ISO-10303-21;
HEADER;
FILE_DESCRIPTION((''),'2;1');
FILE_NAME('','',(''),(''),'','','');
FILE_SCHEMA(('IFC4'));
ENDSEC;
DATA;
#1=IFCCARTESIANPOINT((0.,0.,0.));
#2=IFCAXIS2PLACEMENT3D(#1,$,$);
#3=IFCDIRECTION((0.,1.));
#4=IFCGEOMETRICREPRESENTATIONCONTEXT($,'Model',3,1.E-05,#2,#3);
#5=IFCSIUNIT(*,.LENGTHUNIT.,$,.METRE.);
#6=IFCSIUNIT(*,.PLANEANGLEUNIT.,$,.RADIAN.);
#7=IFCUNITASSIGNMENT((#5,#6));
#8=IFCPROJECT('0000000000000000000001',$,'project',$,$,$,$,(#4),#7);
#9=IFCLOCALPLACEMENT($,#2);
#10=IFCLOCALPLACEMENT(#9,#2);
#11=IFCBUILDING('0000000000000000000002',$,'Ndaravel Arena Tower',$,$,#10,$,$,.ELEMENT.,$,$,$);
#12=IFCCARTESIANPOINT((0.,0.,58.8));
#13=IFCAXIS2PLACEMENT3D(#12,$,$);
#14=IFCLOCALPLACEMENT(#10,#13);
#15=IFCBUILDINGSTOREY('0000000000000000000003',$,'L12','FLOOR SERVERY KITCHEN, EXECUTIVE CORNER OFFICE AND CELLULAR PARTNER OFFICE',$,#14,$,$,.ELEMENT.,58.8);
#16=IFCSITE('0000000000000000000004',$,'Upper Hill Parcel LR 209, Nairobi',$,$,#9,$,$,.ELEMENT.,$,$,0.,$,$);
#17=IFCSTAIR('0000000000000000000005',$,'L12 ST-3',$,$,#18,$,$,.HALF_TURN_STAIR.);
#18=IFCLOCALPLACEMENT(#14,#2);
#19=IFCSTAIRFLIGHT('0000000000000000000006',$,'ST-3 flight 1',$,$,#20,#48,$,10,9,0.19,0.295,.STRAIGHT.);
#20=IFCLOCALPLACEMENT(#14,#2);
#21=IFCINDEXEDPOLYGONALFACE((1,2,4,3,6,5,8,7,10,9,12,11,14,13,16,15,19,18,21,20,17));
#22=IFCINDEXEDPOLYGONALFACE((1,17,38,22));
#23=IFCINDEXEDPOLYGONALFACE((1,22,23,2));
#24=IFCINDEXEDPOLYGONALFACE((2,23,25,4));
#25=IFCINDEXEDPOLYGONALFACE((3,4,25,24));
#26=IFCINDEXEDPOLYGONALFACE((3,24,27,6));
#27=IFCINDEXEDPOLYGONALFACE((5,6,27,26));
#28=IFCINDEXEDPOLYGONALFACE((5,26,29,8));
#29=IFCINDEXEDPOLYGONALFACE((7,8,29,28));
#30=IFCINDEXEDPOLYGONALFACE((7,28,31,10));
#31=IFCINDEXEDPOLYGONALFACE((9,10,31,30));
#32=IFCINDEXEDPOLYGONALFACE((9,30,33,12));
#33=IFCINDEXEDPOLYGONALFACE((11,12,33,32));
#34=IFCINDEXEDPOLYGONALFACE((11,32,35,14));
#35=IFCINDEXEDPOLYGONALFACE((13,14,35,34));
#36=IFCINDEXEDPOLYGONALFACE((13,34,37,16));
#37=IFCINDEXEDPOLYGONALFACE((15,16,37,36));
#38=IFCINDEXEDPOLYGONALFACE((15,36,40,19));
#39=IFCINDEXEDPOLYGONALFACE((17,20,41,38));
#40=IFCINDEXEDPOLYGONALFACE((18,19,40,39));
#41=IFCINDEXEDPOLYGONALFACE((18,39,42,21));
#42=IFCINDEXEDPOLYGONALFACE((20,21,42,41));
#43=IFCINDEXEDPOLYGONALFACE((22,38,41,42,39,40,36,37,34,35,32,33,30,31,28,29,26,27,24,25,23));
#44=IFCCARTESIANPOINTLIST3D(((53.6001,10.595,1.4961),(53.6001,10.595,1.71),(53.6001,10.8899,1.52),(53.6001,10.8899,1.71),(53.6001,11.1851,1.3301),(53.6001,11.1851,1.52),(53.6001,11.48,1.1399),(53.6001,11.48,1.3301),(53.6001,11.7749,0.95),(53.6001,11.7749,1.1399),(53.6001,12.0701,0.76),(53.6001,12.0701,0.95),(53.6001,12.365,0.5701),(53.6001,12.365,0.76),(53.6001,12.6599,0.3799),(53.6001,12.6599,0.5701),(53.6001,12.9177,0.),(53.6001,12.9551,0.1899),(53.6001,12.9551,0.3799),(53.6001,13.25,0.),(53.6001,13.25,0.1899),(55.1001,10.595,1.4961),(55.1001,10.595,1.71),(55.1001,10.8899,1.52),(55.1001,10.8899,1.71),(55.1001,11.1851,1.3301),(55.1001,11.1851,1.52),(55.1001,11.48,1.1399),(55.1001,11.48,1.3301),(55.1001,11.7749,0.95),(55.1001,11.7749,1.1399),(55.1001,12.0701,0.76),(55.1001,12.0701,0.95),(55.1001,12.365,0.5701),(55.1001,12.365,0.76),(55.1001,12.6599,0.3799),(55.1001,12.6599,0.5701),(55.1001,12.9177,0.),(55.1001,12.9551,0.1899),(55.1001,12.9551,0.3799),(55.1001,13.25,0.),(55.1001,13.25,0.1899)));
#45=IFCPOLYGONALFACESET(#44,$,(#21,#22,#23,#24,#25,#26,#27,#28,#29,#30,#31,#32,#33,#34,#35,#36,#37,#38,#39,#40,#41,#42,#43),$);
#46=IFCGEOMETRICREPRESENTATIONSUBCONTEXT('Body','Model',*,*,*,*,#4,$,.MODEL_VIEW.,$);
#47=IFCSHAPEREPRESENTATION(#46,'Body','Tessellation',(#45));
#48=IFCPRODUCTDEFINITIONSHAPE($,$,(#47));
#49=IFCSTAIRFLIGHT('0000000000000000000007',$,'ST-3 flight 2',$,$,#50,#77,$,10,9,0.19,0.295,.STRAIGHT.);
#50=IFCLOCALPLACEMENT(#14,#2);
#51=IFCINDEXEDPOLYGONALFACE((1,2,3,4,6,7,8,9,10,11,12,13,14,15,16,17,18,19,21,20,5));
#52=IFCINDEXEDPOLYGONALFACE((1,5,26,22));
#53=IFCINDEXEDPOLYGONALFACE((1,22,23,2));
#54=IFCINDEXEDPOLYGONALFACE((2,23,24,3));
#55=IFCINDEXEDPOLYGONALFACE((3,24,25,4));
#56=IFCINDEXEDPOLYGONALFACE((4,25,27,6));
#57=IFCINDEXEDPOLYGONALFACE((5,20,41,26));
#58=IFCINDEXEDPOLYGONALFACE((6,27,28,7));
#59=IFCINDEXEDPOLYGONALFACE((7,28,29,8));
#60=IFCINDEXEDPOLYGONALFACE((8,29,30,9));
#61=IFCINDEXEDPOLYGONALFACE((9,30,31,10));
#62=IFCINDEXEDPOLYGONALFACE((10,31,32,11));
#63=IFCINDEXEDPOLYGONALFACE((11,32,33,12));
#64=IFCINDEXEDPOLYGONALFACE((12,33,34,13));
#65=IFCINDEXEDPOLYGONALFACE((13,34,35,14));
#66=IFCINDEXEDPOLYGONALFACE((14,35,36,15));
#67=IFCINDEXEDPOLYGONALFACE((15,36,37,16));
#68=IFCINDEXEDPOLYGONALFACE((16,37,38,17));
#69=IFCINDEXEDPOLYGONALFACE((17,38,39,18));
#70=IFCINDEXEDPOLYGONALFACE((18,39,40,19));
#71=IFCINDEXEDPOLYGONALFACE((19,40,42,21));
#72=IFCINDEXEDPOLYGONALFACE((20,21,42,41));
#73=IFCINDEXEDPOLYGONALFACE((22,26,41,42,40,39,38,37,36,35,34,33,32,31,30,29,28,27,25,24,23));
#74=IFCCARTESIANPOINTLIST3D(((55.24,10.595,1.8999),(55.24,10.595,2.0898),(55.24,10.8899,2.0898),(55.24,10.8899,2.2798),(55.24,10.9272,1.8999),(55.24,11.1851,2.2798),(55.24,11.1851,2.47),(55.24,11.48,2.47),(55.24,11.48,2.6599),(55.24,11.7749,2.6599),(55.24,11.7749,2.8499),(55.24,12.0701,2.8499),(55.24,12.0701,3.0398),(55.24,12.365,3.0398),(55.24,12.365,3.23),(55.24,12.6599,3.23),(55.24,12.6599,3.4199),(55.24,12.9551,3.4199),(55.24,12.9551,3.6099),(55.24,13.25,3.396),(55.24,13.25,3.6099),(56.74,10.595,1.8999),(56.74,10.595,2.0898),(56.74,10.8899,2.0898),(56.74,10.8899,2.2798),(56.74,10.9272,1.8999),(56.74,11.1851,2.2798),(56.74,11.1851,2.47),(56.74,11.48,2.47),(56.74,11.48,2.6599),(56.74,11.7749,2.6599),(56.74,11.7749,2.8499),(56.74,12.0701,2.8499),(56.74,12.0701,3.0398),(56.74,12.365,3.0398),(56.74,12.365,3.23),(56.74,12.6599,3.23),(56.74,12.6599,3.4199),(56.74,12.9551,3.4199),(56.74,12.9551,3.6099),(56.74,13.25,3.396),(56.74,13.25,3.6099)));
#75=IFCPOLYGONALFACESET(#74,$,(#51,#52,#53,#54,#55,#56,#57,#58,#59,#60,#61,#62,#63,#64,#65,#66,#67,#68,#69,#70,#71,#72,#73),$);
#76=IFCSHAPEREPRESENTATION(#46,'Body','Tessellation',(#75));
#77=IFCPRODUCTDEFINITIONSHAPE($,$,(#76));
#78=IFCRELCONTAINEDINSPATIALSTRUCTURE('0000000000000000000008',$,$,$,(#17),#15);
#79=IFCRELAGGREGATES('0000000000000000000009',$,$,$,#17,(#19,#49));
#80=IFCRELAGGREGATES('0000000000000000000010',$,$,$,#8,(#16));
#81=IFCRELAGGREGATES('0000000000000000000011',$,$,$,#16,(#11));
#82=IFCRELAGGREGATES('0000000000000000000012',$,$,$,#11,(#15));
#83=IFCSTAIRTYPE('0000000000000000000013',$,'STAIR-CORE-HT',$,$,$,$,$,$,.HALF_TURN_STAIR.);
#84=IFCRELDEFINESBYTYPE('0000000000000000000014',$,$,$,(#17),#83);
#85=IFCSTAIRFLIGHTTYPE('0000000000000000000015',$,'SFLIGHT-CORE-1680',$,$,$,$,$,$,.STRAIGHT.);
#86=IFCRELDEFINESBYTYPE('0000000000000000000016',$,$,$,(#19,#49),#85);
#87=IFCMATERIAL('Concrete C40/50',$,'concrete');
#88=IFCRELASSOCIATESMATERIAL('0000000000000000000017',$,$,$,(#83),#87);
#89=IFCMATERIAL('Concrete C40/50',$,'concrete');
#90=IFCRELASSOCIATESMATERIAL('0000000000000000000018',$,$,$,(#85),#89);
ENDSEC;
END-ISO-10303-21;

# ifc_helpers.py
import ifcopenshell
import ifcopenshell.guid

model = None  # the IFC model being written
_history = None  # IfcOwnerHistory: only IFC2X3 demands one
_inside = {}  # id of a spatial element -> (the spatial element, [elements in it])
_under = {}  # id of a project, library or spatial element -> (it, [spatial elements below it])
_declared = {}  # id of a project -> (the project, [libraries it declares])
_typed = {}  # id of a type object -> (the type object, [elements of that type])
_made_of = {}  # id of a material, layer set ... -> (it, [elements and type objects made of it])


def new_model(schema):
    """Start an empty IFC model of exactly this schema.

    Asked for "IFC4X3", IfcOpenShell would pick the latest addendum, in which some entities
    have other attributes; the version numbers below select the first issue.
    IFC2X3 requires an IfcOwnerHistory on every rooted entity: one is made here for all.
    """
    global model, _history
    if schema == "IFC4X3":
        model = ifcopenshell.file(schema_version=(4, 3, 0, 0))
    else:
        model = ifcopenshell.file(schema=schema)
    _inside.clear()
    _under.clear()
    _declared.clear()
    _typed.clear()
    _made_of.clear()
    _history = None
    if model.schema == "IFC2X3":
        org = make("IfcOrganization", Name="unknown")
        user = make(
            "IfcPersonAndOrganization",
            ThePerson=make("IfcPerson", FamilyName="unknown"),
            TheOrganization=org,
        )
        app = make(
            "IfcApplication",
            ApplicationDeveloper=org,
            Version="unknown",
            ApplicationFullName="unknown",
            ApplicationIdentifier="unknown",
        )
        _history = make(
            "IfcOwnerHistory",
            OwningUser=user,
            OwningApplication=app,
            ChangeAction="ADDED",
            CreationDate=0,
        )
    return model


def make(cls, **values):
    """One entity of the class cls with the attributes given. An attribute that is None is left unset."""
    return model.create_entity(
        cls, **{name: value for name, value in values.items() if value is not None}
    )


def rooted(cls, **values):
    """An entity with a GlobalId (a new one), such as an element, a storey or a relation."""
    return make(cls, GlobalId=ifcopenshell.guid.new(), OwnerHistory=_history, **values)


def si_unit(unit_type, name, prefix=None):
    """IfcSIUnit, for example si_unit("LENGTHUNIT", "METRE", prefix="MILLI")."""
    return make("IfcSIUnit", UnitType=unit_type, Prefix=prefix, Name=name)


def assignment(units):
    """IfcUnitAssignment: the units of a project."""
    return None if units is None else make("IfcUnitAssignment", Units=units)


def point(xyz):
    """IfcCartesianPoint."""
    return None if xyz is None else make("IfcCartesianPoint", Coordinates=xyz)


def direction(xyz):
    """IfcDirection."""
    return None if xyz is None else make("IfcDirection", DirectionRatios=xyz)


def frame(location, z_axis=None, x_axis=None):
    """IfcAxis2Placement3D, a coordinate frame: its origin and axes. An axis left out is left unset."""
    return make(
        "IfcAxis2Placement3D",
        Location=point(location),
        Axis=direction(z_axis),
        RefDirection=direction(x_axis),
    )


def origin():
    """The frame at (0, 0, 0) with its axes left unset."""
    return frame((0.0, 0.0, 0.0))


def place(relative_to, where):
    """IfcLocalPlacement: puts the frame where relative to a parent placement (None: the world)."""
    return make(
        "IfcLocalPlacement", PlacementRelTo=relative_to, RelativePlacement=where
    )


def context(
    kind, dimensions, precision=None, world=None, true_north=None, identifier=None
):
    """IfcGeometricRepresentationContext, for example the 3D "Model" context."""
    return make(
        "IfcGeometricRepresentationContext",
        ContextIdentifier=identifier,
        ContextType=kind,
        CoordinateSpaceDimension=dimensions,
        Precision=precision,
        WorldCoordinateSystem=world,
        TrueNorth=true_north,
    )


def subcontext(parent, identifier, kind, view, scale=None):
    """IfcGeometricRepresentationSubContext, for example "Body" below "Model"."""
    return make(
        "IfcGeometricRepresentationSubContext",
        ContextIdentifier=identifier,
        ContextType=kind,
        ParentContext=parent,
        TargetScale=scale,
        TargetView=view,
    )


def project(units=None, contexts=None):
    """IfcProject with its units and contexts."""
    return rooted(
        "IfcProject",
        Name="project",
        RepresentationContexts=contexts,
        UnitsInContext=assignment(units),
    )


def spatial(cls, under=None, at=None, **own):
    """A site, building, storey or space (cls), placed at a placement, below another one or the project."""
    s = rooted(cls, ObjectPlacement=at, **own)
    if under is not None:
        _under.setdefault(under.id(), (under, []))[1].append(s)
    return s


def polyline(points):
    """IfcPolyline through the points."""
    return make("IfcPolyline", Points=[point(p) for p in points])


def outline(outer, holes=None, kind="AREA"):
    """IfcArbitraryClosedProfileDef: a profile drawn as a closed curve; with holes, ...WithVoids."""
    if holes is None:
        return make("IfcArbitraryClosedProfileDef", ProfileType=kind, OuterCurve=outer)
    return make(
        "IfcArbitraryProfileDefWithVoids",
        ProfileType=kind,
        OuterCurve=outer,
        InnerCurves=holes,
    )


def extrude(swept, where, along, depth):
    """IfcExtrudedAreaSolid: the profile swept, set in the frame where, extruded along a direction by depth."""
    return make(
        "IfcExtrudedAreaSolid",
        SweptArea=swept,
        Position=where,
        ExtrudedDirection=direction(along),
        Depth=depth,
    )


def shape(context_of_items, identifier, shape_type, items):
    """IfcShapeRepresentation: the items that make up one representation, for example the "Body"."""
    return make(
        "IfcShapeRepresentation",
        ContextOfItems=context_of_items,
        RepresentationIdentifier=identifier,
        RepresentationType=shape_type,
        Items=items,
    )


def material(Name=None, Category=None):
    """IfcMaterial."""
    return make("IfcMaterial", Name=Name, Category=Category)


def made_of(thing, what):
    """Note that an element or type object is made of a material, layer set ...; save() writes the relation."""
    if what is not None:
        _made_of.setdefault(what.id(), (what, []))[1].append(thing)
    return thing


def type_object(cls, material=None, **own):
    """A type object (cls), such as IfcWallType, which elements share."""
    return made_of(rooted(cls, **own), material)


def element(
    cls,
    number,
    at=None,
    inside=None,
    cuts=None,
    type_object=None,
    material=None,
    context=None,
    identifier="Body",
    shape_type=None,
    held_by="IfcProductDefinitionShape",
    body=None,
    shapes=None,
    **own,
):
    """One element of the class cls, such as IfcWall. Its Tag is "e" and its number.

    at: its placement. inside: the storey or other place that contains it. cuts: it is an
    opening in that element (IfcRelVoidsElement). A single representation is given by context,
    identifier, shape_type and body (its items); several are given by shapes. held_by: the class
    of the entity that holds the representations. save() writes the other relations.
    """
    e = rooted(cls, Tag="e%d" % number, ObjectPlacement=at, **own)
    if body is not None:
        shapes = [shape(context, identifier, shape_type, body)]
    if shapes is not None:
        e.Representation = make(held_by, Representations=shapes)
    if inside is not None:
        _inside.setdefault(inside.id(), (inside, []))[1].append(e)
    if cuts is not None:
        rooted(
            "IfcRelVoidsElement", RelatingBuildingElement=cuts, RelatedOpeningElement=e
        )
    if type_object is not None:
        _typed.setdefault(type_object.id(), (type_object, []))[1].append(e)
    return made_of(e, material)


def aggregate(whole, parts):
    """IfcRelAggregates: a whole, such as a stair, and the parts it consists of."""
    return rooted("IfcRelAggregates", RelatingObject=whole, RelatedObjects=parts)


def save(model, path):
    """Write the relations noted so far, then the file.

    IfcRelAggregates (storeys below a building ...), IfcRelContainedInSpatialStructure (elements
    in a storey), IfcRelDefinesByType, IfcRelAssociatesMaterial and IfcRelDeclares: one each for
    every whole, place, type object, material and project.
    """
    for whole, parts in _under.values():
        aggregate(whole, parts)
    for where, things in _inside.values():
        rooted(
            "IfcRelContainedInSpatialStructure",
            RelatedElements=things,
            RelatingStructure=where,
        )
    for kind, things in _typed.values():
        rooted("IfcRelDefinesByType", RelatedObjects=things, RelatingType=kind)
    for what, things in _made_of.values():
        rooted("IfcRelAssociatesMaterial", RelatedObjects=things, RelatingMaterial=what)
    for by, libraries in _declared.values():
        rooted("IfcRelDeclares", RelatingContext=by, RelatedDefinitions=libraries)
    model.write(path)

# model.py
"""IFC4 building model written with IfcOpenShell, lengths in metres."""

from ifc_helpers import new_model, si_unit, direction, frame, origin, place, context, subcontext, project, spatial, polyline, outline, extrude, material, type_object, element, aggregate, save


model = new_model("IFC4")

# Units and contexts
model_context = context("Model", 3, precision=1e-05, world=origin(), true_north=direction((0.0, 1.0)))
body_context = subcontext(model_context, "Body", "Model", "MODEL_VIEW")
ifc_project = project(units=[si_unit("LENGTHUNIT", "METRE"), si_unit("PLANEANGLEUNIT", "RADIAN")], contexts=[model_context])

# Site, building, storey
site_placement = place(None, origin())
site = spatial("IfcSite", under=ifc_project, at=site_placement, Name="Upper Hill Parcel LR 209, Nairobi", CompositionType="ELEMENT", RefElevation=0.0)
building_placement = place(site_placement, origin())
building = spatial("IfcBuilding", under=site, at=building_placement, Name="Ndaravel Arena Tower", CompositionType="ELEMENT")
storey_placement = place(building_placement, frame((0.0, 0.0, 58.8)))
storey = spatial("IfcBuildingStorey", under=building, at=storey_placement, Name="L12", Description="FLOOR SERVERY KITCHEN, EXECUTIVE CORNER OFFICE AND CELLULAR PARTNER OFFICE", CompositionType="ELEMENT", Elevation=58.8)

# Stair, stair flights
ifc_material_1 = material(Name="Concrete C40/50", Category="concrete")
stair_type = type_object("IfcStairType", Name="STAIR-CORE-HT", PredefinedType="HALF_TURN_STAIR", material=ifc_material_1)
stair_placement = place(storey_placement, origin())
stair = element("IfcStair", 1, at=stair_placement, inside=storey, type_object=stair_type, Name="L12 ST-3", PredefinedType="HALF_TURN_STAIR")
ifc_material_2 = material(Name="Concrete C40/50", Category="concrete")
stair_flight_type = type_object("IfcStairFlightType", Name="SFLIGHT-CORE-1680", PredefinedType="STRAIGHT", material=ifc_material_2)
stair_flight_1_placement = place(storey_placement, frame((54.3501, 13.25, 0.0), z_axis=(0.0, 0.0, 1.0), x_axis=(0.0, -1.0, 0.0)))
stair_flight_1 = element("IfcStairFlight", 2, at=stair_flight_1_placement, type_object=stair_flight_type, Name="ST-3 flight 1", NumberOfRisers=10, NumberOfTreads=9, PredefinedType="STRAIGHT", RiserHeight=0.19, TreadLength=0.295, context=body_context, shape_type="SweptSolid", body=[
    extrude(outline(polyline([(0.0, 0.0), (0.0, 0.1899), (0.2949, 0.1899), (0.2949, 0.3799), (0.5901, 0.3799), (0.5901, 0.5701), (0.885, 0.5701), (0.885, 0.76), (1.1799, 0.76), (1.1799, 0.95), (1.4751, 0.95), (1.4751, 1.1399), (1.77, 1.1399), (1.77, 1.3301), (2.0649, 1.3301), (2.0649, 1.52), (2.3601, 1.52), (2.3601, 1.71), (2.655, 1.71), (2.655, 1.8999), (2.655, 1.4961), (0.3323, 0.0), (0.0, 0.0)])), frame((0.0, 0.75, 0.0), z_axis=(0.0, -1.0, 0.0), x_axis=(1.0, 0.0, 0.0)), (0.0, 0.0, 1.0), 1.5),
])
stair_flight_2_placement = place(storey_placement, frame((55.99, 10.595, 1.8999), z_axis=(0.0, 0.0, 1.0), x_axis=(0.0, 1.0, 0.0)))
stair_flight_2 = element("IfcStairFlight", 3, at=stair_flight_2_placement, type_object=stair_flight_type, Name="ST-3 flight 2", NumberOfRisers=10, NumberOfTreads=9, PredefinedType="STRAIGHT", RiserHeight=0.19, TreadLength=0.295, context=body_context, shape_type="SweptSolid", body=[
    extrude(outline(polyline([(0.0, 0.0), (0.0, 0.1899), (0.2949, 0.1899), (0.2949, 0.3799), (0.5901, 0.3799), (0.5901, 0.5701), (0.885, 0.5701), (0.885, 0.76), (1.1799, 0.76), (1.1799, 0.95), (1.4751, 0.95), (1.4751, 1.1399), (1.77, 1.1399), (1.77, 1.3301), (2.0649, 1.3301), (2.0649, 1.52), (2.3601, 1.52), (2.3601, 1.71), (2.655, 1.71), (2.655, 1.8999), (2.655, 1.4961), (0.3323, 0.0), (0.0, 0.0)])), frame((0.0, 0.75, 0.0), z_axis=(0.0, -1.0, 0.0), x_axis=(1.0, 0.0, 0.0)), (0.0, 0.0, 1.0), 1.5),
])
aggregate(stair, [stair_flight_1, stair_flight_2])

save(model, "model.ifc")
